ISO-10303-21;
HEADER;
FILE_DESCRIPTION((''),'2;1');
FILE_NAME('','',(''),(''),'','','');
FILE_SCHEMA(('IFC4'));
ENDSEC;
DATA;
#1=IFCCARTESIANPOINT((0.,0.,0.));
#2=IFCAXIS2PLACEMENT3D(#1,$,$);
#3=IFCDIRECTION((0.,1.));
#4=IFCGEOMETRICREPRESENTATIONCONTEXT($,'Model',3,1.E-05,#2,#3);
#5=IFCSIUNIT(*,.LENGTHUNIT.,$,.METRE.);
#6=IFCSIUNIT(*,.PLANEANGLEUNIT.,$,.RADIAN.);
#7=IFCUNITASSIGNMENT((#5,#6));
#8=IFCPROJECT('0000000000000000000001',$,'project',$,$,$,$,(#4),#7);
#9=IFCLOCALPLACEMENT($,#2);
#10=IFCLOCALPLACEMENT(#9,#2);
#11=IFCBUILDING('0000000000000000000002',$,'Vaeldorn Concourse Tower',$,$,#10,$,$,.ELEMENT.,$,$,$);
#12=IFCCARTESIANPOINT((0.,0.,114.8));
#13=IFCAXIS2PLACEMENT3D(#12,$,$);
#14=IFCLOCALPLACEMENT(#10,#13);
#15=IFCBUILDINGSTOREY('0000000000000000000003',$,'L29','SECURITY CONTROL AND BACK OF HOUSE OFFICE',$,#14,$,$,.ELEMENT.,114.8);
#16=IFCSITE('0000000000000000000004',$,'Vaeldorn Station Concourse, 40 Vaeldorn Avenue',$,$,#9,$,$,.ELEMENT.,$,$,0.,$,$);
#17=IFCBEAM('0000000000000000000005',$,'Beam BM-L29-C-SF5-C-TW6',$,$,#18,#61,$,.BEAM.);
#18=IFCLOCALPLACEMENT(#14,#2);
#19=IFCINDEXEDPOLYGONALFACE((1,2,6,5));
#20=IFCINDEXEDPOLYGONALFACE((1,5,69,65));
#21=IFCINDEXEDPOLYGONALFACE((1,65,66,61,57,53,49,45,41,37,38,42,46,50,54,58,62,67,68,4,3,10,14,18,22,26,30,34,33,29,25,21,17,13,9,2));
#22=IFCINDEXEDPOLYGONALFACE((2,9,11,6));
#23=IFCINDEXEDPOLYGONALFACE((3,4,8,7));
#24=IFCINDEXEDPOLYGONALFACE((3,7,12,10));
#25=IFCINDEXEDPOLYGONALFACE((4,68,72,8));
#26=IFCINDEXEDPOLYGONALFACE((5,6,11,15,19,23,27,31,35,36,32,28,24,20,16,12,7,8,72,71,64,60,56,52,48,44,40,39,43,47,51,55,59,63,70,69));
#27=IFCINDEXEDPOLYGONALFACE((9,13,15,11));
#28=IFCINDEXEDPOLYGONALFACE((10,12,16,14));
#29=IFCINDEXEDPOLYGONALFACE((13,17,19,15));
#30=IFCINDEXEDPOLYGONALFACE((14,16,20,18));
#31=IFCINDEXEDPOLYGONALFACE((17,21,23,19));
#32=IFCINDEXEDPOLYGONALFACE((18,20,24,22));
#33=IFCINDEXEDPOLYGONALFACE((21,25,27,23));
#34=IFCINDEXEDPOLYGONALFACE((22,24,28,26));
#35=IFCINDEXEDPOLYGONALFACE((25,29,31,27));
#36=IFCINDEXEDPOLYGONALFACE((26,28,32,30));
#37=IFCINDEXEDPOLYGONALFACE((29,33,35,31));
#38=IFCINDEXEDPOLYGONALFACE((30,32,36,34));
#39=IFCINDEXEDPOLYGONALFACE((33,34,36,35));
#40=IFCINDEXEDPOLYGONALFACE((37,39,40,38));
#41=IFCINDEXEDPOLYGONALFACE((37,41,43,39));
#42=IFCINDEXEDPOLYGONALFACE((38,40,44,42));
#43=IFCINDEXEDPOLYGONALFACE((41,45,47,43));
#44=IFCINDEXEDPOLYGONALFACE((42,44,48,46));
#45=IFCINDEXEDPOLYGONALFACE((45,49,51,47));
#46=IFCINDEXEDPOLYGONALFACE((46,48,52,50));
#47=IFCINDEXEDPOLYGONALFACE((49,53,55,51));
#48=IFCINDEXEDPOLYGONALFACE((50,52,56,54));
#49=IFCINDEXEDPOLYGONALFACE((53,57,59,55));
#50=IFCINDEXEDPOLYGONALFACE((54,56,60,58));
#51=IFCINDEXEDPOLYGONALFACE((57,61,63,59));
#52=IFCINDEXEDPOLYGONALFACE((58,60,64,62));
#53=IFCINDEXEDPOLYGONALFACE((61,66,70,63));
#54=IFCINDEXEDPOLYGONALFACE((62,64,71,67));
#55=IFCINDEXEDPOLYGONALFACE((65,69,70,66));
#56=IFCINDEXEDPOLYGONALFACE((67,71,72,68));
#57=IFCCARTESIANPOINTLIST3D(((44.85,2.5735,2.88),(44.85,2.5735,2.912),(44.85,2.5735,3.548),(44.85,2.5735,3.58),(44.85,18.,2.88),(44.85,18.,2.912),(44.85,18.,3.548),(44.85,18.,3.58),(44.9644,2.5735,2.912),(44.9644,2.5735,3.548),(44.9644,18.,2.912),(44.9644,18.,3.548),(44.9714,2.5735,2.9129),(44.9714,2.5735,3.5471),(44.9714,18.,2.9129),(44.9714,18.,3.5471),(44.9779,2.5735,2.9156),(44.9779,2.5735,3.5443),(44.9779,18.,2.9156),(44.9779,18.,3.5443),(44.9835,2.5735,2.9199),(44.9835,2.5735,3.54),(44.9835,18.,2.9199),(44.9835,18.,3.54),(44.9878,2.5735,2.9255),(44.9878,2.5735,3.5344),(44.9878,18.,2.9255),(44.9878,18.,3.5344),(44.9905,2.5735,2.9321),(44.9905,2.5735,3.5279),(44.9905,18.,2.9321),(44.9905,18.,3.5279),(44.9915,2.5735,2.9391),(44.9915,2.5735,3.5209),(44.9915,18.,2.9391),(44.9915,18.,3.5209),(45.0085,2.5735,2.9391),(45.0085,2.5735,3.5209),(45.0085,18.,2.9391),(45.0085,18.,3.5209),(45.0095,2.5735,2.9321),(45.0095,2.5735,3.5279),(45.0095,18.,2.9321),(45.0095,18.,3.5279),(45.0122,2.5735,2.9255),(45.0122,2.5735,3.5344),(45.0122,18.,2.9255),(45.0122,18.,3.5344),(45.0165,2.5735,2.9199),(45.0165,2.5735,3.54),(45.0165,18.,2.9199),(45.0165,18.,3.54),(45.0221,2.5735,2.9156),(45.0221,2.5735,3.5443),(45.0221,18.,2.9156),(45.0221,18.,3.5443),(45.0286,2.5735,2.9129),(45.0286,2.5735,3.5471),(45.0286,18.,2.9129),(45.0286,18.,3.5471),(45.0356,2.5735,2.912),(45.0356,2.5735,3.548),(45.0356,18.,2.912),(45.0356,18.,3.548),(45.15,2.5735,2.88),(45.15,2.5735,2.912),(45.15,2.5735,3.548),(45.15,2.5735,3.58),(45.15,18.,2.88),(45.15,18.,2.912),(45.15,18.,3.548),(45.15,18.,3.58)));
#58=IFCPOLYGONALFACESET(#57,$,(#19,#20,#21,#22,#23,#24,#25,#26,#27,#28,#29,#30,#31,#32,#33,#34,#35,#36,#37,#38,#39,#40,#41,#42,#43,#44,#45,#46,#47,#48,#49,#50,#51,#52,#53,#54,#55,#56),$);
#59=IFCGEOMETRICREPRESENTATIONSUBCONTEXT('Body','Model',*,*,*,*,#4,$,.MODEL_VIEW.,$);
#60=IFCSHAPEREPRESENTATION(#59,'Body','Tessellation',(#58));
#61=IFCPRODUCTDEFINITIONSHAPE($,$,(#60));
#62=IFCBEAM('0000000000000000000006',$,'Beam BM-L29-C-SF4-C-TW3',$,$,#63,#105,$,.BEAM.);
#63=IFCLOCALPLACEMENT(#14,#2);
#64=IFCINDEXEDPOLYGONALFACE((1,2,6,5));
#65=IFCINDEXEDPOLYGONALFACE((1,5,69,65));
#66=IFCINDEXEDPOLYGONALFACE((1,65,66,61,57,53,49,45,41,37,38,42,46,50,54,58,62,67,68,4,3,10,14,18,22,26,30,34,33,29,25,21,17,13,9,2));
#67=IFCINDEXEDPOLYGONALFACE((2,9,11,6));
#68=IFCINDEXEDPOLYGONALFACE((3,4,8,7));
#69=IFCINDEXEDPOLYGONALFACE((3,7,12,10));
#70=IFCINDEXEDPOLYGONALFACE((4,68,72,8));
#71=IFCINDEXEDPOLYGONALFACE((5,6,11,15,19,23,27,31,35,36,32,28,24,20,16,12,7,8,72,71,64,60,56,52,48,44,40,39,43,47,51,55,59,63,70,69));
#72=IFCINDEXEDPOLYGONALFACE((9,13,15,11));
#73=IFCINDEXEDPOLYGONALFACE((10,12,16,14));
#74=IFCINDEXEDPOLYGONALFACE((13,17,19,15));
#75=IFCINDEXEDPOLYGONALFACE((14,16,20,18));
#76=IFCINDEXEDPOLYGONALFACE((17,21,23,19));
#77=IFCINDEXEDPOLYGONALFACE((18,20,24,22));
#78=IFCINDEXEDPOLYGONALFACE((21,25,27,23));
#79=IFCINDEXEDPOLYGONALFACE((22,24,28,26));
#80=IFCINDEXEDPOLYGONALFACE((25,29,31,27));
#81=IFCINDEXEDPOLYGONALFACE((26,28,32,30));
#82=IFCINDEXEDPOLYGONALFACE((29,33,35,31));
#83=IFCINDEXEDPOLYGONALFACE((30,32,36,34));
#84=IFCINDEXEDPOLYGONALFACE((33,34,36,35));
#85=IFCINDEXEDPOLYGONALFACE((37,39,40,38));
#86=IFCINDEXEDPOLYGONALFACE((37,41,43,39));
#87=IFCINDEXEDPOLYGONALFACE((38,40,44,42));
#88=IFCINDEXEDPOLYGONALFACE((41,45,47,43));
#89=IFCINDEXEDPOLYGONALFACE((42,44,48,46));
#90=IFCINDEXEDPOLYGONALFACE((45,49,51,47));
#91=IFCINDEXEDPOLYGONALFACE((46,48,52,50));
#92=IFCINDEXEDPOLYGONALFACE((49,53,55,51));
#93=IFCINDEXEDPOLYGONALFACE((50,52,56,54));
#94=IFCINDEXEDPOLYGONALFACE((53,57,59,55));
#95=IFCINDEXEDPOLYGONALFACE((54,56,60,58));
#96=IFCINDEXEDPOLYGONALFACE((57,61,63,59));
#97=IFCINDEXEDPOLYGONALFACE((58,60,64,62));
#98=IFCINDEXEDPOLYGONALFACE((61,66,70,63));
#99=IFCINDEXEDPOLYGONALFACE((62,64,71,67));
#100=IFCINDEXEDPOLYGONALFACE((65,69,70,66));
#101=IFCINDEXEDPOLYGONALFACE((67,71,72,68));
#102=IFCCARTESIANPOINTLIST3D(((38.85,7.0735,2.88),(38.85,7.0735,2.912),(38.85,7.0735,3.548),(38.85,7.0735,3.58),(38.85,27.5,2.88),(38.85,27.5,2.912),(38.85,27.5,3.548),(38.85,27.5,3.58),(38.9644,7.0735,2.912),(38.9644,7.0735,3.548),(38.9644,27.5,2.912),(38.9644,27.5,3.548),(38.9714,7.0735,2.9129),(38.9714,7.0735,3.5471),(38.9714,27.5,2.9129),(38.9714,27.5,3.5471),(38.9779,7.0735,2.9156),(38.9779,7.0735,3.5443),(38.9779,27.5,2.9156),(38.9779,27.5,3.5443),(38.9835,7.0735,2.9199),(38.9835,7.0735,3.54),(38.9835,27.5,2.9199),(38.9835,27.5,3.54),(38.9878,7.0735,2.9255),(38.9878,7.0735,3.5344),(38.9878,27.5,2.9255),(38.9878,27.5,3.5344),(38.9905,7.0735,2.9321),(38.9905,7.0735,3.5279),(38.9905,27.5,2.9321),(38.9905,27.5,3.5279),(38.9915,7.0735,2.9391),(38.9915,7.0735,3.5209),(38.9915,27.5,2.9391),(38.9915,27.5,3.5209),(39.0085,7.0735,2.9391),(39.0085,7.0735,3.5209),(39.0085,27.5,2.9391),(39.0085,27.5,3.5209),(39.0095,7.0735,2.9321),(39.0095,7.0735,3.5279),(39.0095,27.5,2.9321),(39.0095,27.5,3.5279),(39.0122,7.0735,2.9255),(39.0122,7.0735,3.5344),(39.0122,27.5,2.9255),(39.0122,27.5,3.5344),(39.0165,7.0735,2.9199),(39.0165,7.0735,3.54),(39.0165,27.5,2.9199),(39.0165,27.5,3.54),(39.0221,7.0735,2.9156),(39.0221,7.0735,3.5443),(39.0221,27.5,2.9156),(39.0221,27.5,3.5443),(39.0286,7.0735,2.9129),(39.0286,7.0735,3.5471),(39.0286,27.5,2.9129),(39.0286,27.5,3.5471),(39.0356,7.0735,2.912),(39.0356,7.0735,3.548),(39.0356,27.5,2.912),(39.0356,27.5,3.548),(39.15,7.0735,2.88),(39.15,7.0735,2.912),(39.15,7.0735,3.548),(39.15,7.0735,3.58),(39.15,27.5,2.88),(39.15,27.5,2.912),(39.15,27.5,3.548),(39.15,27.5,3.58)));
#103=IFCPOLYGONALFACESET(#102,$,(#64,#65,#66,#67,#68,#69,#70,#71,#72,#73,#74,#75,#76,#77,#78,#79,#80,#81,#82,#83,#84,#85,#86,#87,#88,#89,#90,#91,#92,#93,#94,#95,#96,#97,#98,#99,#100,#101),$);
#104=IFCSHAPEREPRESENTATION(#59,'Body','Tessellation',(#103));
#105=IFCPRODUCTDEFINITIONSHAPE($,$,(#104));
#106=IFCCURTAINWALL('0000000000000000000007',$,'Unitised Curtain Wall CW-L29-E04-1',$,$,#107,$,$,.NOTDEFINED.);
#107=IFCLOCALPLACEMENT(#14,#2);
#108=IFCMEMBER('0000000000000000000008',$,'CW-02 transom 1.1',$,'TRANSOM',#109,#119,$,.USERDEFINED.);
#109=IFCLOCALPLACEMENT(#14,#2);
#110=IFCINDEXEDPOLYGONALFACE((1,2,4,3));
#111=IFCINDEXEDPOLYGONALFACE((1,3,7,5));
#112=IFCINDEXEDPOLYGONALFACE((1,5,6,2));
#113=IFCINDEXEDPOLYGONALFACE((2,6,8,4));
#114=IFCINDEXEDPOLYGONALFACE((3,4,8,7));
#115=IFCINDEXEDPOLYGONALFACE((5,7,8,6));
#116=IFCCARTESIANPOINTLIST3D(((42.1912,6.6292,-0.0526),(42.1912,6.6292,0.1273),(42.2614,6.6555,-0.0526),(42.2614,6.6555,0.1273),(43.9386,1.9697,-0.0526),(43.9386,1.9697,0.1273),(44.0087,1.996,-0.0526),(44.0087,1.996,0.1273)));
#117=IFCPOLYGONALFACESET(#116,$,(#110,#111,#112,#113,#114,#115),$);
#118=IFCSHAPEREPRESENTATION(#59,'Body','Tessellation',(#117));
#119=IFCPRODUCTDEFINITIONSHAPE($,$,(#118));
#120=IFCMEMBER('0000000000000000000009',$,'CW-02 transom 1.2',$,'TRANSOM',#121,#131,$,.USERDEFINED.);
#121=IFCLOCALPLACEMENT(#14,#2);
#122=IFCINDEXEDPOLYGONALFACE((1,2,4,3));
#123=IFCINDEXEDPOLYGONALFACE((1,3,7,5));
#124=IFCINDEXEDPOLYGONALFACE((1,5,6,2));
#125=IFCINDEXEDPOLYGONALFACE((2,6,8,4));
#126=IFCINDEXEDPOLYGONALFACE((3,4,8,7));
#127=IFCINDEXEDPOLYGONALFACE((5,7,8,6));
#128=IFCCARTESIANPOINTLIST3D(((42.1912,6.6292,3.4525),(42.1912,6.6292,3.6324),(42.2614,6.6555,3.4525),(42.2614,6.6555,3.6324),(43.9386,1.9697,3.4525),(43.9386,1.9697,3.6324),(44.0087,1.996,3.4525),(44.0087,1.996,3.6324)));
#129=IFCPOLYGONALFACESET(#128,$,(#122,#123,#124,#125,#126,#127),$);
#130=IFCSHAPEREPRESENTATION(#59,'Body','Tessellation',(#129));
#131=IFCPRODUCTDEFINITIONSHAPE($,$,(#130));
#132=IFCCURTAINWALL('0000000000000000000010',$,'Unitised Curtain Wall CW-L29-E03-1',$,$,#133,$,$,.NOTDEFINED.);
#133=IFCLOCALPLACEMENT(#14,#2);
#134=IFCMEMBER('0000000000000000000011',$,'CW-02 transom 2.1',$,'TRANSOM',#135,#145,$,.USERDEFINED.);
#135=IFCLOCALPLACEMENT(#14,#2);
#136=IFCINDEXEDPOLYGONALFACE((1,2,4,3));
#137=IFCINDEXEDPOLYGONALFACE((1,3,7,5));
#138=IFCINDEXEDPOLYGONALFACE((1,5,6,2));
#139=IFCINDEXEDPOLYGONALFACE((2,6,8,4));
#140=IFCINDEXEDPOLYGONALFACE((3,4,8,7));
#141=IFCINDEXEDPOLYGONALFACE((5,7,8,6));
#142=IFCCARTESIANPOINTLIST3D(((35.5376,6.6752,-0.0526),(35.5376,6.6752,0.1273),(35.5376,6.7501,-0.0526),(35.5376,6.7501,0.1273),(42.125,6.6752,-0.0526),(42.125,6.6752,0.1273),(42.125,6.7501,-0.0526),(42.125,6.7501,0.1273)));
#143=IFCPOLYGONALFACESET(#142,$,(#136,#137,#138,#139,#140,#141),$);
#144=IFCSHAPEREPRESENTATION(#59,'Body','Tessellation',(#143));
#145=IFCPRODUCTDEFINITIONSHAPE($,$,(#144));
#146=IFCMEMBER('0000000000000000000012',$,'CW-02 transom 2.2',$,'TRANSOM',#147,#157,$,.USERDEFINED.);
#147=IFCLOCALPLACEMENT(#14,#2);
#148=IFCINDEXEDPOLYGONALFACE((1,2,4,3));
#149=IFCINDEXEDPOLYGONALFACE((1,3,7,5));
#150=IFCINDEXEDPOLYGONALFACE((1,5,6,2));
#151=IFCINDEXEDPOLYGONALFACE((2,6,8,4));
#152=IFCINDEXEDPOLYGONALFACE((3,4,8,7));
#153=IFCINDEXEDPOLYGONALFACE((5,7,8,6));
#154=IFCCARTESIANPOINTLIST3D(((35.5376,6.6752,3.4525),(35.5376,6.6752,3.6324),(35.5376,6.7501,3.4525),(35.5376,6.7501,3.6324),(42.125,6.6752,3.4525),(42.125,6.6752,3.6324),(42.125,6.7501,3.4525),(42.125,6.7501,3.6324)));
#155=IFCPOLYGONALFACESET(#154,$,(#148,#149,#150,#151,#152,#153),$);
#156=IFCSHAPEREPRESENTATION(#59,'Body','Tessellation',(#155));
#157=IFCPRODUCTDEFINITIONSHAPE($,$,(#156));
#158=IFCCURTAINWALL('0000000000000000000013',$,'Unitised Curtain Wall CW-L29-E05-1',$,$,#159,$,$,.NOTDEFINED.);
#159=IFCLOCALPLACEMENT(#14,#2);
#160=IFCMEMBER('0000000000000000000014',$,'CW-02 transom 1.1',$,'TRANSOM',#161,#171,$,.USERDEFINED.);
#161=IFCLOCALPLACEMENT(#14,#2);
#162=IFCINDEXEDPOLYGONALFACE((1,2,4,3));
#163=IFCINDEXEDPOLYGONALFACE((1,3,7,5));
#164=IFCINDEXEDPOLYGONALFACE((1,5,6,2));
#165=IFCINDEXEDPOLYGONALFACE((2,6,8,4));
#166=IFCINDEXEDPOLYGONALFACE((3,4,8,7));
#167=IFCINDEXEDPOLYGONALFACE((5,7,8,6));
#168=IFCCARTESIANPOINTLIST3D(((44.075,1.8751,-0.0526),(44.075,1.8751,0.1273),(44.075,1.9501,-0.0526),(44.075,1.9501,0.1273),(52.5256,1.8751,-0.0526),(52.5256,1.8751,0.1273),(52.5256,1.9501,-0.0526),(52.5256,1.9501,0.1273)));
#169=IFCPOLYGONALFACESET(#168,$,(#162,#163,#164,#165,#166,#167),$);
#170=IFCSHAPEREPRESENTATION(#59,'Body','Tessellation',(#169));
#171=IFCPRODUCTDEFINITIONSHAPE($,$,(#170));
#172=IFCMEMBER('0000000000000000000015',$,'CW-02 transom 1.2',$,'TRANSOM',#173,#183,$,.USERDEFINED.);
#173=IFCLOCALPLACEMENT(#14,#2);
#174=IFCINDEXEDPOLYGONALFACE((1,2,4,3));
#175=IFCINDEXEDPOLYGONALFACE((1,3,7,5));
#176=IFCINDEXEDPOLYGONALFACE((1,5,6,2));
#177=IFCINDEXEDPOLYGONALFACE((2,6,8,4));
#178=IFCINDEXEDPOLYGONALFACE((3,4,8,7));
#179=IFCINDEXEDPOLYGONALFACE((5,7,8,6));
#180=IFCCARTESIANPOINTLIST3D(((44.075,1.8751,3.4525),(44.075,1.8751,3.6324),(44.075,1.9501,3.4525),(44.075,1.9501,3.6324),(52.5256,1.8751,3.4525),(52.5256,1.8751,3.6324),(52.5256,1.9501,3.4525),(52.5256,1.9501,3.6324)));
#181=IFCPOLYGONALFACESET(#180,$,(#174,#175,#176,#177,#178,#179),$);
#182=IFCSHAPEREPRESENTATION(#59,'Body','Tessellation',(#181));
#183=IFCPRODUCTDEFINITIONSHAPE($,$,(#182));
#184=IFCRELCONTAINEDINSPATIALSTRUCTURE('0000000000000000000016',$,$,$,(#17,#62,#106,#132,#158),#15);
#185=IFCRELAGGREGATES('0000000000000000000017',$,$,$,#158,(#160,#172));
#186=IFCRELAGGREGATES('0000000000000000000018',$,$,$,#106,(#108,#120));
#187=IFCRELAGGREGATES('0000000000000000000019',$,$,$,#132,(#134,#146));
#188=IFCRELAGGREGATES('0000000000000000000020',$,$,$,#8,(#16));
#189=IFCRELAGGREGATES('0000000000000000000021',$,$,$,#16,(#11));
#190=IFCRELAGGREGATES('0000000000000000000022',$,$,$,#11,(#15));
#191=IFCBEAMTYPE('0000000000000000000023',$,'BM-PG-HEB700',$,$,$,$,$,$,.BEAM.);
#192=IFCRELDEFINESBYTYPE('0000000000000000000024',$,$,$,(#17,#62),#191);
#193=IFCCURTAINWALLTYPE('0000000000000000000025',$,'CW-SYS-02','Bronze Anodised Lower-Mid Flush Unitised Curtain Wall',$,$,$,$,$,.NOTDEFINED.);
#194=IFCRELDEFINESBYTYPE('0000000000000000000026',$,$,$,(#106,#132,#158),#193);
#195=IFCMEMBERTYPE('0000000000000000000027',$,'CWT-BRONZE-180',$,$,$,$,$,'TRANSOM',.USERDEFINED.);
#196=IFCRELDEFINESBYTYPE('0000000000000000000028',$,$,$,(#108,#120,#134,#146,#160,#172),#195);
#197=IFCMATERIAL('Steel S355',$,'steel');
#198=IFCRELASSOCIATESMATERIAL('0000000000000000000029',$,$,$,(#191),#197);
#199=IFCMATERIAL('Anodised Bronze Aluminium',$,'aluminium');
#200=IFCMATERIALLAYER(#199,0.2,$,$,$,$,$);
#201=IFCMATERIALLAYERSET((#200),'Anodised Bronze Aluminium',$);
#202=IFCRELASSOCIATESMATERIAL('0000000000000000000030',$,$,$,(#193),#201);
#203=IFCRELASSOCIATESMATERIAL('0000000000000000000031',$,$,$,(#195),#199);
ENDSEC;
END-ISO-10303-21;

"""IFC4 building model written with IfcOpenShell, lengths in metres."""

from ifc_helpers import new_model, si_unit, direction, frame, origin, origin_2d, place, context, subcontext, project, spatial, rectangle, i_section, extrude, source, transform, mapped, material, layer, layer_set, material_profile, profile_set, type_object, element, aggregate, save


model = new_model("IFC4")

# Units and contexts
model_context = context("Model", 3, precision=1e-05, world=origin(), true_north=direction((0.0, 1.0)))
body_context = subcontext(model_context, "Body", "Model", "MODEL_VIEW")
ifc_project = project(units=[si_unit("LENGTHUNIT", "METRE"), si_unit("PLANEANGLEUNIT", "RADIAN")], contexts=[model_context])

# Site, building, storey
site_placement = place(None, origin())
site = spatial("IfcSite", under=ifc_project, at=site_placement, Name="Vaeldorn Station Concourse, 40 Vaeldorn Avenue", CompositionType="ELEMENT", RefElevation=0.0)
building_placement = place(site_placement, origin())
building = spatial("IfcBuilding", under=site, at=building_placement, Name="Vaeldorn Concourse Tower", CompositionType="ELEMENT")
storey_placement = place(building_placement, frame((0.0, 0.0, 114.8)))
storey = spatial("IfcBuildingStorey", under=building, at=storey_placement, Name="L29", Description="SECURITY CONTROL AND BACK OF HOUSE OFFICE", CompositionType="ELEMENT", Elevation=114.8)

# Beams
ifc_material_1 = material(Name="Steel S355", Category="steel")
ifc_material_profile_1 = material_profile(ifc_material_1, i_section(OverallWidth=0.3, OverallDepth=0.7, WebThickness=0.0171, FlangeThickness=0.032, FilletRadius=0.0271, at=origin_2d()), Name="HEB 700")
ifc_profile_set_1 = profile_set([ifc_material_profile_1], Name="Steel S355")
beam_type_1 = type_object("IfcBeamType", Name="BM-PG-HEB700", PredefinedType="BEAM", material=ifc_profile_set_1)
shared_shape_1 = source(origin(), body_context, "Body", "SweptSolid", [
    extrude(i_section(OverallWidth=0.3, OverallDepth=0.7, WebThickness=0.0171, FlangeThickness=0.032, FilletRadius=0.0271, at=origin_2d()), origin(), (0.0, 0.0, 1.0), 15.4265),
])
beam_1_placement = place(storey_placement, frame((45.0, 2.5735, 3.23), z_axis=(0.0, 1.0, 0.0), x_axis=(-1.0, 0.0, 0.0)))
element("IfcBeam", 1, at=beam_1_placement, inside=storey, type_object=beam_type_1, Name="Beam BM-L29-C-SF5-C-TW6", PredefinedType="BEAM", context=body_context, shape_type="MappedRepresentation", body=[
    mapped(shared_shape_1, transform((0.0, 0.0, 0.0), scale=1.0)),
])
shared_shape_2 = source(origin(), body_context, "Body", "SweptSolid", [
    extrude(i_section(OverallWidth=0.3, OverallDepth=0.7, WebThickness=0.0171, FlangeThickness=0.032, FilletRadius=0.0271, at=origin_2d()), origin(), (0.0, 0.0, 1.0), 20.4265),
])
beam_2_placement = place(storey_placement, frame((39.0, 7.0735, 3.23), z_axis=(0.0, 1.0, 0.0), x_axis=(-1.0, 0.0, 0.0)))
element("IfcBeam", 2, at=beam_2_placement, inside=storey, type_object=beam_type_1, Name="Beam BM-L29-C-SF4-C-TW3", PredefinedType="BEAM", context=body_context, shape_type="MappedRepresentation", body=[
    mapped(shared_shape_2, transform((0.0, 0.0, 0.0), scale=1.0)),
])

# Curtain walls, members
ifc_material_2 = material(Name="Anodised Bronze Aluminium", Category="aluminium")
ifc_layer_1 = layer(ifc_material_2, 0.2)
ifc_layer_set_1 = layer_set([ifc_layer_1], Name="Anodised Bronze Aluminium")
curtain_wall_type = type_object("IfcCurtainWallType", Name="CW-SYS-02", Description="Bronze Anodised Lower-Mid Flush Unitised Curtain Wall", PredefinedType="NOTDEFINED", material=ifc_layer_set_1)
curtain_wall_1_placement = place(storey_placement, origin())
curtain_wall_1 = element("IfcCurtainWall", 3, at=curtain_wall_1_placement, inside=storey, type_object=curtain_wall_type, Name="Unitised Curtain Wall CW-L29-E04-1", PredefinedType="NOTDEFINED")
ifc_material_profile_2 = material_profile(ifc_material_2, rectangle(XDim=0.075, YDim=0.1799, at=origin_2d()), Name="CWT 75x180")
ifc_profile_set_2 = profile_set([ifc_material_profile_2], Name="Anodised Bronze Aluminium")
member_type_1 = type_object("IfcMemberType", Name="CWT-BRONZE-180", ElementType="TRANSOM", PredefinedType="USERDEFINED", material=ifc_profile_set_2)
shared_shape_3 = source(origin(), body_context, "Body", "SweptSolid", [
    extrude(rectangle(XDim=0.075, YDim=0.1799, at=origin_2d()), origin(), (0.0, 0.0, 1.0), 4.9763),
])
member_1_placement = place(storey_placement, frame((42.2263, 6.6423, 0.0374), z_axis=(0.351129, -0.936327, 0.0), x_axis=(0.936327, 0.351129, 0.0)))
member_1 = element("IfcMember", 4, at=member_1_placement, type_object=member_type_1, Name="CW-02 transom 1.1", ObjectType="TRANSOM", PredefinedType="USERDEFINED", context=body_context, shape_type="MappedRepresentation", body=[
    mapped(shared_shape_3, transform((0.0, 0.0, 0.0), scale=1.0)),
])
member_2_placement = place(storey_placement, frame((42.2263, 6.6423, 3.5425), z_axis=(0.351129, -0.936327, 0.0), x_axis=(0.936327, 0.351129, 0.0)))
member_2 = element("IfcMember", 5, at=member_2_placement, type_object=member_type_1, Name="CW-02 transom 1.2", ObjectType="TRANSOM", PredefinedType="USERDEFINED", context=body_context, shape_type="MappedRepresentation", body=[
    mapped(shared_shape_3, transform((0.0, 0.0, 0.0), scale=1.0)),
])
curtain_wall_2_placement = place(storey_placement, origin())
curtain_wall_2 = element("IfcCurtainWall", 6, at=curtain_wall_2_placement, inside=storey, type_object=curtain_wall_type, Name="Unitised Curtain Wall CW-L29-E03-1", PredefinedType="NOTDEFINED")
shared_shape_4 = source(origin(), body_context, "Body", "SweptSolid", [
    extrude(rectangle(XDim=0.075, YDim=0.1799, at=origin_2d()), origin(), (0.0, 0.0, 1.0), 6.5874),
])
member_3_placement = place(storey_placement, frame((35.5376, 6.7126, 0.0374), z_axis=(1.0, 0.0, 0.0), x_axis=(0.0, 1.0, 0.0)))
member_3 = element("IfcMember", 7, at=member_3_placement, type_object=member_type_1, Name="CW-02 transom 2.1", ObjectType="TRANSOM", PredefinedType="USERDEFINED", context=body_context, shape_type="MappedRepresentation", body=[
    mapped(shared_shape_4, transform((0.0, 0.0, 0.0), scale=1.0)),
])
member_4_placement = place(storey_placement, frame((35.5376, 6.7126, 3.5425), z_axis=(1.0, 0.0, 0.0), x_axis=(0.0, 1.0, 0.0)))
member_4 = element("IfcMember", 8, at=member_4_placement, type_object=member_type_1, Name="CW-02 transom 2.2", ObjectType="TRANSOM", PredefinedType="USERDEFINED", context=body_context, shape_type="MappedRepresentation", body=[
    mapped(shared_shape_4, transform((0.0, 0.0, 0.0), scale=1.0)),
])
curtain_wall_3_placement = place(storey_placement, origin())
curtain_wall_3 = element("IfcCurtainWall", 9, at=curtain_wall_3_placement, inside=storey, type_object=curtain_wall_type, Name="Unitised Curtain Wall CW-L29-E05-1", PredefinedType="NOTDEFINED")
shared_shape_5 = source(origin(), body_context, "Body", "SweptSolid", [
    extrude(rectangle(XDim=0.075, YDim=0.1799, at=origin_2d()), origin(), (0.0, 0.0, 1.0), 8.4507),
])
member_5_placement = place(storey_placement, frame((44.075, 1.9126, 0.0374), z_axis=(1.0, 0.0, 0.0), x_axis=(0.0, 1.0, 0.0)))
member_5 = element("IfcMember", 10, at=member_5_placement, type_object=member_type_1, Name="CW-02 transom 1.1", ObjectType="TRANSOM", PredefinedType="USERDEFINED", context=body_context, shape_type="MappedRepresentation", body=[
    mapped(shared_shape_5, transform((0.0, 0.0, 0.0), scale=1.0)),
])
member_6_placement = place(storey_placement, frame((44.075, 1.9126, 3.5425), z_axis=(1.0, 0.0, 0.0), x_axis=(0.0, 1.0, 0.0)))
member_6 = element("IfcMember", 11, at=member_6_placement, type_object=member_type_1, Name="CW-02 transom 1.2", ObjectType="TRANSOM", PredefinedType="USERDEFINED", context=body_context, shape_type="MappedRepresentation", body=[
    mapped(shared_shape_5, transform((0.0, 0.0, 0.0), scale=1.0)),
])

aggregate(curtain_wall_3, [member_5, member_6])

aggregate(curtain_wall_1, [member_1, member_2])
aggregate(curtain_wall_2, [member_3, member_4])

save(model, "model.ifc")
